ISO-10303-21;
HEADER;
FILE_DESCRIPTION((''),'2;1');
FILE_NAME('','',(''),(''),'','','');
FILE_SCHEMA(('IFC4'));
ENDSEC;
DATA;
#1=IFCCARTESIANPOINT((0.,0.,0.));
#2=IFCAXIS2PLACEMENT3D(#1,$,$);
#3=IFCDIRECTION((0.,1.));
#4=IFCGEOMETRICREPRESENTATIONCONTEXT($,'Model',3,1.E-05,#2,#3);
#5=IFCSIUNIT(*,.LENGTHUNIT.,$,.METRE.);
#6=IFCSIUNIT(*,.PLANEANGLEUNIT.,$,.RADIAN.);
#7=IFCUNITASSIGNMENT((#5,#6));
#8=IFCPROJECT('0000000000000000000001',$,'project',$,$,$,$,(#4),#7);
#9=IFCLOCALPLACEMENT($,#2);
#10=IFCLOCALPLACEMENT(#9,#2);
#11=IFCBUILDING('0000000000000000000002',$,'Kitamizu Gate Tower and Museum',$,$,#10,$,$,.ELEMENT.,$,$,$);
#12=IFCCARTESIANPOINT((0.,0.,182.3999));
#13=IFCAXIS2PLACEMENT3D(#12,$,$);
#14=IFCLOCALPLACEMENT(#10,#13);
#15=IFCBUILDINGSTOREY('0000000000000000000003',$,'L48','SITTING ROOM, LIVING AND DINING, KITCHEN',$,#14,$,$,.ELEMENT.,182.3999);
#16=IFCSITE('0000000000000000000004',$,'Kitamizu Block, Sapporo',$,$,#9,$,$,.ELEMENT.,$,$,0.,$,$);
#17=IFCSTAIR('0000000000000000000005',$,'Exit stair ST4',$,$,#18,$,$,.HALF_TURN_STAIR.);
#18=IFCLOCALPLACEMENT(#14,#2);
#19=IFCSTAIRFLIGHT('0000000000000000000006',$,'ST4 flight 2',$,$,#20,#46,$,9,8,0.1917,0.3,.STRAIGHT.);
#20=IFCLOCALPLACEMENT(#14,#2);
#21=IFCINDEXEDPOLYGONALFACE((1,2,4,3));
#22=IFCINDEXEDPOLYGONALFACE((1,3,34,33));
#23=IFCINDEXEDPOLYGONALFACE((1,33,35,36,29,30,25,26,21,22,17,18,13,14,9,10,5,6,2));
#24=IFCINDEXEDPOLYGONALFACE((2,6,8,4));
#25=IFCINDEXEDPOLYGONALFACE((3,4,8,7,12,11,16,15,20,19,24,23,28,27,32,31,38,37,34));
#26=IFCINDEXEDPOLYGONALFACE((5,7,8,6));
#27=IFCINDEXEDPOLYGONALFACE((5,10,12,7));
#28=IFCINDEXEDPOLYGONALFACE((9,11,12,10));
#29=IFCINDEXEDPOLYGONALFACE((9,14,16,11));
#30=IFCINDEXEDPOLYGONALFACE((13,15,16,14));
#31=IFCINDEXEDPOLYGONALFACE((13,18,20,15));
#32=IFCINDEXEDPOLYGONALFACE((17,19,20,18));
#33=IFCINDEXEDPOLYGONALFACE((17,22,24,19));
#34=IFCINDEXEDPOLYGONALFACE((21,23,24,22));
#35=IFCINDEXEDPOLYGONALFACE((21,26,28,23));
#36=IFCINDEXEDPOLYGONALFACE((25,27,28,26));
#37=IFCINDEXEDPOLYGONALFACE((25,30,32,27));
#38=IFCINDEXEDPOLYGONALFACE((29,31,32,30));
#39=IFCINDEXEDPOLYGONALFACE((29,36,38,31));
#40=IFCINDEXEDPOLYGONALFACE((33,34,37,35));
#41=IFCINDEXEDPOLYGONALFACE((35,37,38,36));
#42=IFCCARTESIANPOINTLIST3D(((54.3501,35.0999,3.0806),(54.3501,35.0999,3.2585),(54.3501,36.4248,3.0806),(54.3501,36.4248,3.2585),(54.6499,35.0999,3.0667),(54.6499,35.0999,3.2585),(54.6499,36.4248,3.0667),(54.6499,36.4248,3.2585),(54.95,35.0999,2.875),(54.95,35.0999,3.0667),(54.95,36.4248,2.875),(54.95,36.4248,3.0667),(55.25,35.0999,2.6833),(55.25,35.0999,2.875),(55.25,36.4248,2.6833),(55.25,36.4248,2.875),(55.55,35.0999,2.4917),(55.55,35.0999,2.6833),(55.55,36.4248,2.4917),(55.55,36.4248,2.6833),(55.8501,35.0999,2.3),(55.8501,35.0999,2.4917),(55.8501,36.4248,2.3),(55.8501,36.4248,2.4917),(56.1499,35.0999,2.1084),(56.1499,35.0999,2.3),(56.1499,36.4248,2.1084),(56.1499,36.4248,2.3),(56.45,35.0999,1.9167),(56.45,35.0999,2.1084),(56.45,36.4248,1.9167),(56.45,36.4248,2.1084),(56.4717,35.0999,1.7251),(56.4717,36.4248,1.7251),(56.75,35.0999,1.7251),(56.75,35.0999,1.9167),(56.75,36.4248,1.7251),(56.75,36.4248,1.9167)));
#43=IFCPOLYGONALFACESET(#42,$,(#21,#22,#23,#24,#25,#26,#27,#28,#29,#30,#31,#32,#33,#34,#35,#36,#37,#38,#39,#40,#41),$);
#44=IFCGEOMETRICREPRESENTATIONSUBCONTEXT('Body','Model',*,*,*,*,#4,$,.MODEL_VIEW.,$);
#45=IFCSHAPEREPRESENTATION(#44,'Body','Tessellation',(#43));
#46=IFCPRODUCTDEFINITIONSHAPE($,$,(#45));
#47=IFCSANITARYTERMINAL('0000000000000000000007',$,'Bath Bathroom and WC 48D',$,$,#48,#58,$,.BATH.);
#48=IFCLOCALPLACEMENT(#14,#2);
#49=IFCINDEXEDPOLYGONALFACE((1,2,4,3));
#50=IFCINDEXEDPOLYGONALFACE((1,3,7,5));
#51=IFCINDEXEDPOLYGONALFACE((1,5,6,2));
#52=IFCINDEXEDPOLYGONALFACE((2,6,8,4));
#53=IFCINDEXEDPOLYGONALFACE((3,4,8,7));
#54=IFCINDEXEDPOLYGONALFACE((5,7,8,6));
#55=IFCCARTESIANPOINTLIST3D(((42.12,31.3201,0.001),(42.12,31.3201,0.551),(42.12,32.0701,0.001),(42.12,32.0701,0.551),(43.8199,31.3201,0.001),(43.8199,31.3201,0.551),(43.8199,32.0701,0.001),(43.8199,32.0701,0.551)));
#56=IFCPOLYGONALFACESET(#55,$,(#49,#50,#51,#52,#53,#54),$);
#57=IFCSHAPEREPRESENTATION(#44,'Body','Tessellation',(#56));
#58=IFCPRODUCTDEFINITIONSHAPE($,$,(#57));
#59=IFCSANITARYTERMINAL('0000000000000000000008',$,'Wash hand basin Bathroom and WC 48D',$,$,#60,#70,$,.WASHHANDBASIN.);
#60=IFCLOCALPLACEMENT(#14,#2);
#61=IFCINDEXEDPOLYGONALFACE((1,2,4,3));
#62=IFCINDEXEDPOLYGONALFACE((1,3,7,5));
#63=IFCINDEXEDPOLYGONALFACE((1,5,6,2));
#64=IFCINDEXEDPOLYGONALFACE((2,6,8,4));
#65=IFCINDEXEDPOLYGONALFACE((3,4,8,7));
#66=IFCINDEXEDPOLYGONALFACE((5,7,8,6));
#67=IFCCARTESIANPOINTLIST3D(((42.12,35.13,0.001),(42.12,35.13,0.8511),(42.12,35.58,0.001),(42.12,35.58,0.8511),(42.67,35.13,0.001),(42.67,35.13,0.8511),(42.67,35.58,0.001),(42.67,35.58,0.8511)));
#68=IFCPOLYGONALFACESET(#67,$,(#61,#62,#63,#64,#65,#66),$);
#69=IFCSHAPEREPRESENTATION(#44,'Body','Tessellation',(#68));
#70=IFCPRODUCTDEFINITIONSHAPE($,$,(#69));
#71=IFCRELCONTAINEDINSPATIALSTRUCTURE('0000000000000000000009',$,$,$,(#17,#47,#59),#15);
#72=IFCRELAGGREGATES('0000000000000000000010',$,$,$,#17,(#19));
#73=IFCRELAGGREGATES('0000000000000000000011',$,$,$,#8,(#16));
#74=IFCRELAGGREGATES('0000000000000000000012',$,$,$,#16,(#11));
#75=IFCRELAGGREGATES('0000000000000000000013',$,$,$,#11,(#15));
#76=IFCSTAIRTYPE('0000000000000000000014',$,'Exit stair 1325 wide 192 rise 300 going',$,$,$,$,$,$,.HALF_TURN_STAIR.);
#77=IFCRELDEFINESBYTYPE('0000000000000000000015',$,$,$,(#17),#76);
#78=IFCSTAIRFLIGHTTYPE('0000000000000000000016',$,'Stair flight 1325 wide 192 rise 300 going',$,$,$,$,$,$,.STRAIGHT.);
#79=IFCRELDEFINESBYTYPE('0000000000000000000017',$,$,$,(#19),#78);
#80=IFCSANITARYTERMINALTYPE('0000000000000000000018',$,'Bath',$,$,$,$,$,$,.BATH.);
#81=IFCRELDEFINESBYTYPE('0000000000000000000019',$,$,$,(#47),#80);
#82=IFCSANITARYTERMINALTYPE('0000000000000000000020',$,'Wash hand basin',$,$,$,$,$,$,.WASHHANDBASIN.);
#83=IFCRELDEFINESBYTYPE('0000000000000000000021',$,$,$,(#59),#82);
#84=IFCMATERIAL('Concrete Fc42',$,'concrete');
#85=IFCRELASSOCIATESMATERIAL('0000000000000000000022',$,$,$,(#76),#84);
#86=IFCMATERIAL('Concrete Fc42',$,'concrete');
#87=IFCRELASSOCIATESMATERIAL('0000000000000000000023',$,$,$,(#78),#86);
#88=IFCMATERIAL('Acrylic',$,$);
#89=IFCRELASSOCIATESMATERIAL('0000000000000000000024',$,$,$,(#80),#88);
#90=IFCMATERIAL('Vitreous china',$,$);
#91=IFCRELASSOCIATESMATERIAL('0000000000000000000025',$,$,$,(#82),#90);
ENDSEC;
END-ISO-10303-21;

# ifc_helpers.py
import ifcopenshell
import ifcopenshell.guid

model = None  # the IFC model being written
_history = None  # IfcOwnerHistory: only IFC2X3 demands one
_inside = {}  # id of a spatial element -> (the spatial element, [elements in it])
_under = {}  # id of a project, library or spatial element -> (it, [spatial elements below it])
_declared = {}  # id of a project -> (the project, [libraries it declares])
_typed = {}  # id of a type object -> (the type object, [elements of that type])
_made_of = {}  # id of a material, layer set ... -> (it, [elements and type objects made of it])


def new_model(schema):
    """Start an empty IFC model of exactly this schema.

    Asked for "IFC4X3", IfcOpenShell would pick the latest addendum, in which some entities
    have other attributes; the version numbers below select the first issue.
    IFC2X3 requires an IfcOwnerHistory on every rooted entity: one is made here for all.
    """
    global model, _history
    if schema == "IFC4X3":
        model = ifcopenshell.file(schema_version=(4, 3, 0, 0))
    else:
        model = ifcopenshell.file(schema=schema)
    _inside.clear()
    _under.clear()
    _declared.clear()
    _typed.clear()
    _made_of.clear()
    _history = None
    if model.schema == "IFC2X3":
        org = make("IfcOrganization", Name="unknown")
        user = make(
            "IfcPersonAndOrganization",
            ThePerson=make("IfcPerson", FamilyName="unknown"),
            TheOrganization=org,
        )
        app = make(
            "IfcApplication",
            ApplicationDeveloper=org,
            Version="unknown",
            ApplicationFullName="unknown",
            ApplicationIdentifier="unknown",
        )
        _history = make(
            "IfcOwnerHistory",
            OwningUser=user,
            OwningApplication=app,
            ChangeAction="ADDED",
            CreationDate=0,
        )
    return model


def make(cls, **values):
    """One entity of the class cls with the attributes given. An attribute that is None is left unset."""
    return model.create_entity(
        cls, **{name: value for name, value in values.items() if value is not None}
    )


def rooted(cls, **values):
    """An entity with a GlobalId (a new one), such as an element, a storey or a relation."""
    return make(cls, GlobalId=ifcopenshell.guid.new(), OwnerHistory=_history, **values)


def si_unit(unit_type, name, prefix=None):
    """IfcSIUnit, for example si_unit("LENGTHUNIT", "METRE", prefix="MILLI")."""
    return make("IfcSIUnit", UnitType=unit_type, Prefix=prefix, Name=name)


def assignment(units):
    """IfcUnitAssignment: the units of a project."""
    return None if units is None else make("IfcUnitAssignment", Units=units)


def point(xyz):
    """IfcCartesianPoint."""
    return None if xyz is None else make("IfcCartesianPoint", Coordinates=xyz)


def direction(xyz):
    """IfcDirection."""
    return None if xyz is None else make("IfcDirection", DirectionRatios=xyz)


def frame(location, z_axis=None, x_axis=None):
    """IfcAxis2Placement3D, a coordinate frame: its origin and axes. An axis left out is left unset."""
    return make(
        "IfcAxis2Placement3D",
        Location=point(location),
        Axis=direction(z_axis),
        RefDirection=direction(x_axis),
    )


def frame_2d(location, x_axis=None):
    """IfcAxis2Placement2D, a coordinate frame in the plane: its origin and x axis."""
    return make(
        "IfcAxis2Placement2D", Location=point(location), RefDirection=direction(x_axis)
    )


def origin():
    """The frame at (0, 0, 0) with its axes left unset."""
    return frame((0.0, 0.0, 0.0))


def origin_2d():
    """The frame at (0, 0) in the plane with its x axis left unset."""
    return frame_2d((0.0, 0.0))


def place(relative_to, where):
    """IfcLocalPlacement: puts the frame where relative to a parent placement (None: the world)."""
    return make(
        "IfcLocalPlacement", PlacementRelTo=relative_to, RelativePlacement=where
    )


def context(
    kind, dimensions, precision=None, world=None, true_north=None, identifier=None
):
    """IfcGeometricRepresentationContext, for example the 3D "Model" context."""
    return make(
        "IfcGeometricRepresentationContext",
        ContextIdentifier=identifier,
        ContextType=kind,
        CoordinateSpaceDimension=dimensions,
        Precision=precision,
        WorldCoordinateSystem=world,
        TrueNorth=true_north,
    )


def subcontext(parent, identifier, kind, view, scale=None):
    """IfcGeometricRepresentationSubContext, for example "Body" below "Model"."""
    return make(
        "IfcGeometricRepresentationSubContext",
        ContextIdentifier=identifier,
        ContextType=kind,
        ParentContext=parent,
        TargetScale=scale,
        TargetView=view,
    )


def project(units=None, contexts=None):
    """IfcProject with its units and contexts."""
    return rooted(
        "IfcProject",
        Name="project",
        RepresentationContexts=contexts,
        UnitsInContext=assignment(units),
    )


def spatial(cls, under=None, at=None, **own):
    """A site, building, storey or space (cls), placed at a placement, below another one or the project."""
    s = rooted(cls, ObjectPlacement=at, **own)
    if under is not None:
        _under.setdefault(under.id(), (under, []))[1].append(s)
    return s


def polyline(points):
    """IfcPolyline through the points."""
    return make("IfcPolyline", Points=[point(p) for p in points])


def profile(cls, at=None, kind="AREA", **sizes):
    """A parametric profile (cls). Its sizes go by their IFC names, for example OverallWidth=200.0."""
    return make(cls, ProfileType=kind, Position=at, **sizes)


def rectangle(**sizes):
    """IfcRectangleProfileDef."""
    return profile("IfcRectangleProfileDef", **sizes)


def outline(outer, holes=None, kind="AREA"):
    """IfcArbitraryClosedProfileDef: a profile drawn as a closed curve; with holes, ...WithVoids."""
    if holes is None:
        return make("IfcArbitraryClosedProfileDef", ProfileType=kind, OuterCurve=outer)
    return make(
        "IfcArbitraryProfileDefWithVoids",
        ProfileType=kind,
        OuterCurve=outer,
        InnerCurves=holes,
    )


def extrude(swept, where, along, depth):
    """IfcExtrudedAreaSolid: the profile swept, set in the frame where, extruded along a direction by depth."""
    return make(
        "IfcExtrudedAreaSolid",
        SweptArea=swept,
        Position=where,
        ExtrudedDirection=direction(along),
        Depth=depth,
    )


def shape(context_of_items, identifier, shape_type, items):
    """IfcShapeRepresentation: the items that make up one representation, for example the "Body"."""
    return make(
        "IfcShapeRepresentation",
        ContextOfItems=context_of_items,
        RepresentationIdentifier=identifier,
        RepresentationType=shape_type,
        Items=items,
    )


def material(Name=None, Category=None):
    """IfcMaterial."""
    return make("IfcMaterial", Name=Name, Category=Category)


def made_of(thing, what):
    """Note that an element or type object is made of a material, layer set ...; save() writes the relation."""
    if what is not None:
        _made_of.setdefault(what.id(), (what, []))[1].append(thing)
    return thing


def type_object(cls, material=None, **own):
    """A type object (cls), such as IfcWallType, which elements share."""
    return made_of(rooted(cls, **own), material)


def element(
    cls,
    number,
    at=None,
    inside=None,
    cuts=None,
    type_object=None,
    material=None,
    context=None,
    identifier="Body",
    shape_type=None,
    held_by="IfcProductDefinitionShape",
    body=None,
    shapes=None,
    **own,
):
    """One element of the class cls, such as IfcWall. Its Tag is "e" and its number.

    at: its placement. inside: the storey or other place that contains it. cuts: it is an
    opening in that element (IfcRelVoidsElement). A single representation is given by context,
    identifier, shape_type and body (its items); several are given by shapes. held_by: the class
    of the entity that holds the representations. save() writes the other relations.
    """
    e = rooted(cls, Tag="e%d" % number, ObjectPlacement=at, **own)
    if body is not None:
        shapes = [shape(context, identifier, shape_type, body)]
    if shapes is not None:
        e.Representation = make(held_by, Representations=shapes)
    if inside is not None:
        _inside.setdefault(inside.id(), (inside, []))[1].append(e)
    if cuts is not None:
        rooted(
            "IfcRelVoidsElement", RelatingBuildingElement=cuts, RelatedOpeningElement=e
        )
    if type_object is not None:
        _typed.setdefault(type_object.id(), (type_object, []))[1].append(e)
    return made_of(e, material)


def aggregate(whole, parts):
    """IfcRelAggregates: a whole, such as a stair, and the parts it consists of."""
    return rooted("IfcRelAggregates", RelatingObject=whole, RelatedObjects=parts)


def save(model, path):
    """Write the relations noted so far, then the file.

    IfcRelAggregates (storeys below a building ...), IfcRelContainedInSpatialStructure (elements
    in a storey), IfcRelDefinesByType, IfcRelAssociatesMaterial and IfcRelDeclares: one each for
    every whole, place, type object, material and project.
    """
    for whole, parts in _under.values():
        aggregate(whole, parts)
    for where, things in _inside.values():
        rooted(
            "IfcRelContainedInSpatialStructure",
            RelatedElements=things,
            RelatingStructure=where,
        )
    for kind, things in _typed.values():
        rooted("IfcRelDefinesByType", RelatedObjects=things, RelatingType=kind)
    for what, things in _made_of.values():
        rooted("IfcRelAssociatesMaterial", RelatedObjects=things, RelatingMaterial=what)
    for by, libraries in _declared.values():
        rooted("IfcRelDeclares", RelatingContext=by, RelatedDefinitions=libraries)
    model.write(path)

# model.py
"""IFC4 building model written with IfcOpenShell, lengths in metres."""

from ifc_helpers import new_model, si_unit, direction, frame, origin, origin_2d, place, context, subcontext, project, spatial, polyline, rectangle, outline, extrude, material, type_object, element, aggregate, save


model = new_model("IFC4")

# Units and contexts
model_context = context("Model", 3, precision=1e-05, world=origin(), true_north=direction((0.0, 1.0)))
body_context = subcontext(model_context, "Body", "Model", "MODEL_VIEW")
ifc_project = project(units=[si_unit("LENGTHUNIT", "METRE"), si_unit("PLANEANGLEUNIT", "RADIAN")], contexts=[model_context])

# Site, building, storey
site_placement = place(None, origin())
site = spatial("IfcSite", under=ifc_project, at=site_placement, Name="Kitamizu Block, Sapporo", CompositionType="ELEMENT", RefElevation=0.0)
building_placement = place(site_placement, origin())
building = spatial("IfcBuilding", under=site, at=building_placement, Name="Kitamizu Gate Tower and Museum", CompositionType="ELEMENT")
storey_placement = place(building_placement, frame((0.0, 0.0, 182.3999)))
storey = spatial("IfcBuildingStorey", under=building, at=storey_placement, Name="L48", Description="SITTING ROOM, LIVING AND DINING, KITCHEN", CompositionType="ELEMENT", Elevation=182.3999)

# Stair, stair flight
ifc_material_1 = material(Name="Concrete Fc42", Category="concrete")
stair_type = type_object("IfcStairType", Name="Exit stair 1325 wide 192 rise 300 going", PredefinedType="HALF_TURN_STAIR", material=ifc_material_1)
stair_placement = place(storey_placement, origin())
stair = element("IfcStair", 1, at=stair_placement, inside=storey, type_object=stair_type, Name="Exit stair ST4", PredefinedType="HALF_TURN_STAIR")
ifc_material_2 = material(Name="Concrete Fc42", Category="concrete")
stair_flight_type = type_object("IfcStairFlightType", Name="Stair flight 1325 wide 192 rise 300 going", PredefinedType="STRAIGHT", material=ifc_material_2)
stair_flight_placement = place(storey_placement, frame((56.75, 35.7625, 1.7251), z_axis=(0.0, 0.0, 1.0), x_axis=(-1.0, 0.0, 0.0)))
stair_flight = element("IfcStairFlight", 2, at=stair_flight_placement, type_object=stair_flight_type, Name="ST4 flight 2", NumberOfRisers=9, NumberOfTreads=8, PredefinedType="STRAIGHT", RiserHeight=0.1917, TreadLength=0.3, context=body_context, shape_type="SweptSolid", body=[
    extrude(outline(polyline([(0.0, 0.0), (0.0, 0.1917), (0.3, 0.1917), (0.3, 0.3833), (0.6001, 0.3833), (0.6001, 0.575), (0.8999, 0.575), (0.8999, 0.7666), (1.2, 0.7666), (1.2, 0.9583), (1.5, 0.9583), (1.5, 1.1499), (1.8, 1.1499), (1.8, 1.3416), (2.1001, 1.3416), (2.1001, 1.5334), (2.3999, 1.5334), (2.3999, 1.7251), (2.3999, 1.3555), (0.2783, 0.0), (0.0, 0.0)])), frame((0.0, 0.6626, 0.0), z_axis=(0.0, -1.0, 0.0), x_axis=(1.0, 0.0, 0.0)), (0.0, 0.0, 1.0), 1.325),
])
aggregate(stair, [stair_flight])

# Sanitary terminals
ifc_material_3 = material(Name="Acrylic")
sanitary_terminal_type_1 = type_object("IfcSanitaryTerminalType", Name="Bath", PredefinedType="BATH", material=ifc_material_3)
sanitary_terminal_1_placement = place(storey_placement, frame((42.97, 31.6951, 0.001), z_axis=(0.0, 0.0, 1.0), x_axis=(1.0, 0.0, 0.0)))
element("IfcSanitaryTerminal", 3, at=sanitary_terminal_1_placement, inside=storey, type_object=sanitary_terminal_type_1, Name="Bath Bathroom and WC 48D", PredefinedType="BATH", context=body_context, shape_type="SweptSolid", body=[
    extrude(rectangle(XDim=1.7, YDim=0.75, at=origin_2d()), origin(), (0.0, 0.0, 1.0), 0.55),
])
ifc_material_4 = material(Name="Vitreous china")
sanitary_terminal_type_2 = type_object("IfcSanitaryTerminalType", Name="Wash hand basin", PredefinedType="WASHHANDBASIN", material=ifc_material_4)
sanitary_terminal_2_placement = place(storey_placement, frame((42.395, 35.355, 0.001), z_axis=(0.0, 0.0, 1.0), x_axis=(1.0, 0.0, 0.0)))
element("IfcSanitaryTerminal", 4, at=sanitary_terminal_2_placement, inside=storey, type_object=sanitary_terminal_type_2, Name="Wash hand basin Bathroom and WC 48D", PredefinedType="WASHHANDBASIN", context=body_context, shape_type="SweptSolid", body=[
    extrude(rectangle(XDim=0.55, YDim=0.45, at=origin_2d()), origin(), (0.0, 0.0, 1.0), 0.8501),
])

save(model, "model.ifc")
